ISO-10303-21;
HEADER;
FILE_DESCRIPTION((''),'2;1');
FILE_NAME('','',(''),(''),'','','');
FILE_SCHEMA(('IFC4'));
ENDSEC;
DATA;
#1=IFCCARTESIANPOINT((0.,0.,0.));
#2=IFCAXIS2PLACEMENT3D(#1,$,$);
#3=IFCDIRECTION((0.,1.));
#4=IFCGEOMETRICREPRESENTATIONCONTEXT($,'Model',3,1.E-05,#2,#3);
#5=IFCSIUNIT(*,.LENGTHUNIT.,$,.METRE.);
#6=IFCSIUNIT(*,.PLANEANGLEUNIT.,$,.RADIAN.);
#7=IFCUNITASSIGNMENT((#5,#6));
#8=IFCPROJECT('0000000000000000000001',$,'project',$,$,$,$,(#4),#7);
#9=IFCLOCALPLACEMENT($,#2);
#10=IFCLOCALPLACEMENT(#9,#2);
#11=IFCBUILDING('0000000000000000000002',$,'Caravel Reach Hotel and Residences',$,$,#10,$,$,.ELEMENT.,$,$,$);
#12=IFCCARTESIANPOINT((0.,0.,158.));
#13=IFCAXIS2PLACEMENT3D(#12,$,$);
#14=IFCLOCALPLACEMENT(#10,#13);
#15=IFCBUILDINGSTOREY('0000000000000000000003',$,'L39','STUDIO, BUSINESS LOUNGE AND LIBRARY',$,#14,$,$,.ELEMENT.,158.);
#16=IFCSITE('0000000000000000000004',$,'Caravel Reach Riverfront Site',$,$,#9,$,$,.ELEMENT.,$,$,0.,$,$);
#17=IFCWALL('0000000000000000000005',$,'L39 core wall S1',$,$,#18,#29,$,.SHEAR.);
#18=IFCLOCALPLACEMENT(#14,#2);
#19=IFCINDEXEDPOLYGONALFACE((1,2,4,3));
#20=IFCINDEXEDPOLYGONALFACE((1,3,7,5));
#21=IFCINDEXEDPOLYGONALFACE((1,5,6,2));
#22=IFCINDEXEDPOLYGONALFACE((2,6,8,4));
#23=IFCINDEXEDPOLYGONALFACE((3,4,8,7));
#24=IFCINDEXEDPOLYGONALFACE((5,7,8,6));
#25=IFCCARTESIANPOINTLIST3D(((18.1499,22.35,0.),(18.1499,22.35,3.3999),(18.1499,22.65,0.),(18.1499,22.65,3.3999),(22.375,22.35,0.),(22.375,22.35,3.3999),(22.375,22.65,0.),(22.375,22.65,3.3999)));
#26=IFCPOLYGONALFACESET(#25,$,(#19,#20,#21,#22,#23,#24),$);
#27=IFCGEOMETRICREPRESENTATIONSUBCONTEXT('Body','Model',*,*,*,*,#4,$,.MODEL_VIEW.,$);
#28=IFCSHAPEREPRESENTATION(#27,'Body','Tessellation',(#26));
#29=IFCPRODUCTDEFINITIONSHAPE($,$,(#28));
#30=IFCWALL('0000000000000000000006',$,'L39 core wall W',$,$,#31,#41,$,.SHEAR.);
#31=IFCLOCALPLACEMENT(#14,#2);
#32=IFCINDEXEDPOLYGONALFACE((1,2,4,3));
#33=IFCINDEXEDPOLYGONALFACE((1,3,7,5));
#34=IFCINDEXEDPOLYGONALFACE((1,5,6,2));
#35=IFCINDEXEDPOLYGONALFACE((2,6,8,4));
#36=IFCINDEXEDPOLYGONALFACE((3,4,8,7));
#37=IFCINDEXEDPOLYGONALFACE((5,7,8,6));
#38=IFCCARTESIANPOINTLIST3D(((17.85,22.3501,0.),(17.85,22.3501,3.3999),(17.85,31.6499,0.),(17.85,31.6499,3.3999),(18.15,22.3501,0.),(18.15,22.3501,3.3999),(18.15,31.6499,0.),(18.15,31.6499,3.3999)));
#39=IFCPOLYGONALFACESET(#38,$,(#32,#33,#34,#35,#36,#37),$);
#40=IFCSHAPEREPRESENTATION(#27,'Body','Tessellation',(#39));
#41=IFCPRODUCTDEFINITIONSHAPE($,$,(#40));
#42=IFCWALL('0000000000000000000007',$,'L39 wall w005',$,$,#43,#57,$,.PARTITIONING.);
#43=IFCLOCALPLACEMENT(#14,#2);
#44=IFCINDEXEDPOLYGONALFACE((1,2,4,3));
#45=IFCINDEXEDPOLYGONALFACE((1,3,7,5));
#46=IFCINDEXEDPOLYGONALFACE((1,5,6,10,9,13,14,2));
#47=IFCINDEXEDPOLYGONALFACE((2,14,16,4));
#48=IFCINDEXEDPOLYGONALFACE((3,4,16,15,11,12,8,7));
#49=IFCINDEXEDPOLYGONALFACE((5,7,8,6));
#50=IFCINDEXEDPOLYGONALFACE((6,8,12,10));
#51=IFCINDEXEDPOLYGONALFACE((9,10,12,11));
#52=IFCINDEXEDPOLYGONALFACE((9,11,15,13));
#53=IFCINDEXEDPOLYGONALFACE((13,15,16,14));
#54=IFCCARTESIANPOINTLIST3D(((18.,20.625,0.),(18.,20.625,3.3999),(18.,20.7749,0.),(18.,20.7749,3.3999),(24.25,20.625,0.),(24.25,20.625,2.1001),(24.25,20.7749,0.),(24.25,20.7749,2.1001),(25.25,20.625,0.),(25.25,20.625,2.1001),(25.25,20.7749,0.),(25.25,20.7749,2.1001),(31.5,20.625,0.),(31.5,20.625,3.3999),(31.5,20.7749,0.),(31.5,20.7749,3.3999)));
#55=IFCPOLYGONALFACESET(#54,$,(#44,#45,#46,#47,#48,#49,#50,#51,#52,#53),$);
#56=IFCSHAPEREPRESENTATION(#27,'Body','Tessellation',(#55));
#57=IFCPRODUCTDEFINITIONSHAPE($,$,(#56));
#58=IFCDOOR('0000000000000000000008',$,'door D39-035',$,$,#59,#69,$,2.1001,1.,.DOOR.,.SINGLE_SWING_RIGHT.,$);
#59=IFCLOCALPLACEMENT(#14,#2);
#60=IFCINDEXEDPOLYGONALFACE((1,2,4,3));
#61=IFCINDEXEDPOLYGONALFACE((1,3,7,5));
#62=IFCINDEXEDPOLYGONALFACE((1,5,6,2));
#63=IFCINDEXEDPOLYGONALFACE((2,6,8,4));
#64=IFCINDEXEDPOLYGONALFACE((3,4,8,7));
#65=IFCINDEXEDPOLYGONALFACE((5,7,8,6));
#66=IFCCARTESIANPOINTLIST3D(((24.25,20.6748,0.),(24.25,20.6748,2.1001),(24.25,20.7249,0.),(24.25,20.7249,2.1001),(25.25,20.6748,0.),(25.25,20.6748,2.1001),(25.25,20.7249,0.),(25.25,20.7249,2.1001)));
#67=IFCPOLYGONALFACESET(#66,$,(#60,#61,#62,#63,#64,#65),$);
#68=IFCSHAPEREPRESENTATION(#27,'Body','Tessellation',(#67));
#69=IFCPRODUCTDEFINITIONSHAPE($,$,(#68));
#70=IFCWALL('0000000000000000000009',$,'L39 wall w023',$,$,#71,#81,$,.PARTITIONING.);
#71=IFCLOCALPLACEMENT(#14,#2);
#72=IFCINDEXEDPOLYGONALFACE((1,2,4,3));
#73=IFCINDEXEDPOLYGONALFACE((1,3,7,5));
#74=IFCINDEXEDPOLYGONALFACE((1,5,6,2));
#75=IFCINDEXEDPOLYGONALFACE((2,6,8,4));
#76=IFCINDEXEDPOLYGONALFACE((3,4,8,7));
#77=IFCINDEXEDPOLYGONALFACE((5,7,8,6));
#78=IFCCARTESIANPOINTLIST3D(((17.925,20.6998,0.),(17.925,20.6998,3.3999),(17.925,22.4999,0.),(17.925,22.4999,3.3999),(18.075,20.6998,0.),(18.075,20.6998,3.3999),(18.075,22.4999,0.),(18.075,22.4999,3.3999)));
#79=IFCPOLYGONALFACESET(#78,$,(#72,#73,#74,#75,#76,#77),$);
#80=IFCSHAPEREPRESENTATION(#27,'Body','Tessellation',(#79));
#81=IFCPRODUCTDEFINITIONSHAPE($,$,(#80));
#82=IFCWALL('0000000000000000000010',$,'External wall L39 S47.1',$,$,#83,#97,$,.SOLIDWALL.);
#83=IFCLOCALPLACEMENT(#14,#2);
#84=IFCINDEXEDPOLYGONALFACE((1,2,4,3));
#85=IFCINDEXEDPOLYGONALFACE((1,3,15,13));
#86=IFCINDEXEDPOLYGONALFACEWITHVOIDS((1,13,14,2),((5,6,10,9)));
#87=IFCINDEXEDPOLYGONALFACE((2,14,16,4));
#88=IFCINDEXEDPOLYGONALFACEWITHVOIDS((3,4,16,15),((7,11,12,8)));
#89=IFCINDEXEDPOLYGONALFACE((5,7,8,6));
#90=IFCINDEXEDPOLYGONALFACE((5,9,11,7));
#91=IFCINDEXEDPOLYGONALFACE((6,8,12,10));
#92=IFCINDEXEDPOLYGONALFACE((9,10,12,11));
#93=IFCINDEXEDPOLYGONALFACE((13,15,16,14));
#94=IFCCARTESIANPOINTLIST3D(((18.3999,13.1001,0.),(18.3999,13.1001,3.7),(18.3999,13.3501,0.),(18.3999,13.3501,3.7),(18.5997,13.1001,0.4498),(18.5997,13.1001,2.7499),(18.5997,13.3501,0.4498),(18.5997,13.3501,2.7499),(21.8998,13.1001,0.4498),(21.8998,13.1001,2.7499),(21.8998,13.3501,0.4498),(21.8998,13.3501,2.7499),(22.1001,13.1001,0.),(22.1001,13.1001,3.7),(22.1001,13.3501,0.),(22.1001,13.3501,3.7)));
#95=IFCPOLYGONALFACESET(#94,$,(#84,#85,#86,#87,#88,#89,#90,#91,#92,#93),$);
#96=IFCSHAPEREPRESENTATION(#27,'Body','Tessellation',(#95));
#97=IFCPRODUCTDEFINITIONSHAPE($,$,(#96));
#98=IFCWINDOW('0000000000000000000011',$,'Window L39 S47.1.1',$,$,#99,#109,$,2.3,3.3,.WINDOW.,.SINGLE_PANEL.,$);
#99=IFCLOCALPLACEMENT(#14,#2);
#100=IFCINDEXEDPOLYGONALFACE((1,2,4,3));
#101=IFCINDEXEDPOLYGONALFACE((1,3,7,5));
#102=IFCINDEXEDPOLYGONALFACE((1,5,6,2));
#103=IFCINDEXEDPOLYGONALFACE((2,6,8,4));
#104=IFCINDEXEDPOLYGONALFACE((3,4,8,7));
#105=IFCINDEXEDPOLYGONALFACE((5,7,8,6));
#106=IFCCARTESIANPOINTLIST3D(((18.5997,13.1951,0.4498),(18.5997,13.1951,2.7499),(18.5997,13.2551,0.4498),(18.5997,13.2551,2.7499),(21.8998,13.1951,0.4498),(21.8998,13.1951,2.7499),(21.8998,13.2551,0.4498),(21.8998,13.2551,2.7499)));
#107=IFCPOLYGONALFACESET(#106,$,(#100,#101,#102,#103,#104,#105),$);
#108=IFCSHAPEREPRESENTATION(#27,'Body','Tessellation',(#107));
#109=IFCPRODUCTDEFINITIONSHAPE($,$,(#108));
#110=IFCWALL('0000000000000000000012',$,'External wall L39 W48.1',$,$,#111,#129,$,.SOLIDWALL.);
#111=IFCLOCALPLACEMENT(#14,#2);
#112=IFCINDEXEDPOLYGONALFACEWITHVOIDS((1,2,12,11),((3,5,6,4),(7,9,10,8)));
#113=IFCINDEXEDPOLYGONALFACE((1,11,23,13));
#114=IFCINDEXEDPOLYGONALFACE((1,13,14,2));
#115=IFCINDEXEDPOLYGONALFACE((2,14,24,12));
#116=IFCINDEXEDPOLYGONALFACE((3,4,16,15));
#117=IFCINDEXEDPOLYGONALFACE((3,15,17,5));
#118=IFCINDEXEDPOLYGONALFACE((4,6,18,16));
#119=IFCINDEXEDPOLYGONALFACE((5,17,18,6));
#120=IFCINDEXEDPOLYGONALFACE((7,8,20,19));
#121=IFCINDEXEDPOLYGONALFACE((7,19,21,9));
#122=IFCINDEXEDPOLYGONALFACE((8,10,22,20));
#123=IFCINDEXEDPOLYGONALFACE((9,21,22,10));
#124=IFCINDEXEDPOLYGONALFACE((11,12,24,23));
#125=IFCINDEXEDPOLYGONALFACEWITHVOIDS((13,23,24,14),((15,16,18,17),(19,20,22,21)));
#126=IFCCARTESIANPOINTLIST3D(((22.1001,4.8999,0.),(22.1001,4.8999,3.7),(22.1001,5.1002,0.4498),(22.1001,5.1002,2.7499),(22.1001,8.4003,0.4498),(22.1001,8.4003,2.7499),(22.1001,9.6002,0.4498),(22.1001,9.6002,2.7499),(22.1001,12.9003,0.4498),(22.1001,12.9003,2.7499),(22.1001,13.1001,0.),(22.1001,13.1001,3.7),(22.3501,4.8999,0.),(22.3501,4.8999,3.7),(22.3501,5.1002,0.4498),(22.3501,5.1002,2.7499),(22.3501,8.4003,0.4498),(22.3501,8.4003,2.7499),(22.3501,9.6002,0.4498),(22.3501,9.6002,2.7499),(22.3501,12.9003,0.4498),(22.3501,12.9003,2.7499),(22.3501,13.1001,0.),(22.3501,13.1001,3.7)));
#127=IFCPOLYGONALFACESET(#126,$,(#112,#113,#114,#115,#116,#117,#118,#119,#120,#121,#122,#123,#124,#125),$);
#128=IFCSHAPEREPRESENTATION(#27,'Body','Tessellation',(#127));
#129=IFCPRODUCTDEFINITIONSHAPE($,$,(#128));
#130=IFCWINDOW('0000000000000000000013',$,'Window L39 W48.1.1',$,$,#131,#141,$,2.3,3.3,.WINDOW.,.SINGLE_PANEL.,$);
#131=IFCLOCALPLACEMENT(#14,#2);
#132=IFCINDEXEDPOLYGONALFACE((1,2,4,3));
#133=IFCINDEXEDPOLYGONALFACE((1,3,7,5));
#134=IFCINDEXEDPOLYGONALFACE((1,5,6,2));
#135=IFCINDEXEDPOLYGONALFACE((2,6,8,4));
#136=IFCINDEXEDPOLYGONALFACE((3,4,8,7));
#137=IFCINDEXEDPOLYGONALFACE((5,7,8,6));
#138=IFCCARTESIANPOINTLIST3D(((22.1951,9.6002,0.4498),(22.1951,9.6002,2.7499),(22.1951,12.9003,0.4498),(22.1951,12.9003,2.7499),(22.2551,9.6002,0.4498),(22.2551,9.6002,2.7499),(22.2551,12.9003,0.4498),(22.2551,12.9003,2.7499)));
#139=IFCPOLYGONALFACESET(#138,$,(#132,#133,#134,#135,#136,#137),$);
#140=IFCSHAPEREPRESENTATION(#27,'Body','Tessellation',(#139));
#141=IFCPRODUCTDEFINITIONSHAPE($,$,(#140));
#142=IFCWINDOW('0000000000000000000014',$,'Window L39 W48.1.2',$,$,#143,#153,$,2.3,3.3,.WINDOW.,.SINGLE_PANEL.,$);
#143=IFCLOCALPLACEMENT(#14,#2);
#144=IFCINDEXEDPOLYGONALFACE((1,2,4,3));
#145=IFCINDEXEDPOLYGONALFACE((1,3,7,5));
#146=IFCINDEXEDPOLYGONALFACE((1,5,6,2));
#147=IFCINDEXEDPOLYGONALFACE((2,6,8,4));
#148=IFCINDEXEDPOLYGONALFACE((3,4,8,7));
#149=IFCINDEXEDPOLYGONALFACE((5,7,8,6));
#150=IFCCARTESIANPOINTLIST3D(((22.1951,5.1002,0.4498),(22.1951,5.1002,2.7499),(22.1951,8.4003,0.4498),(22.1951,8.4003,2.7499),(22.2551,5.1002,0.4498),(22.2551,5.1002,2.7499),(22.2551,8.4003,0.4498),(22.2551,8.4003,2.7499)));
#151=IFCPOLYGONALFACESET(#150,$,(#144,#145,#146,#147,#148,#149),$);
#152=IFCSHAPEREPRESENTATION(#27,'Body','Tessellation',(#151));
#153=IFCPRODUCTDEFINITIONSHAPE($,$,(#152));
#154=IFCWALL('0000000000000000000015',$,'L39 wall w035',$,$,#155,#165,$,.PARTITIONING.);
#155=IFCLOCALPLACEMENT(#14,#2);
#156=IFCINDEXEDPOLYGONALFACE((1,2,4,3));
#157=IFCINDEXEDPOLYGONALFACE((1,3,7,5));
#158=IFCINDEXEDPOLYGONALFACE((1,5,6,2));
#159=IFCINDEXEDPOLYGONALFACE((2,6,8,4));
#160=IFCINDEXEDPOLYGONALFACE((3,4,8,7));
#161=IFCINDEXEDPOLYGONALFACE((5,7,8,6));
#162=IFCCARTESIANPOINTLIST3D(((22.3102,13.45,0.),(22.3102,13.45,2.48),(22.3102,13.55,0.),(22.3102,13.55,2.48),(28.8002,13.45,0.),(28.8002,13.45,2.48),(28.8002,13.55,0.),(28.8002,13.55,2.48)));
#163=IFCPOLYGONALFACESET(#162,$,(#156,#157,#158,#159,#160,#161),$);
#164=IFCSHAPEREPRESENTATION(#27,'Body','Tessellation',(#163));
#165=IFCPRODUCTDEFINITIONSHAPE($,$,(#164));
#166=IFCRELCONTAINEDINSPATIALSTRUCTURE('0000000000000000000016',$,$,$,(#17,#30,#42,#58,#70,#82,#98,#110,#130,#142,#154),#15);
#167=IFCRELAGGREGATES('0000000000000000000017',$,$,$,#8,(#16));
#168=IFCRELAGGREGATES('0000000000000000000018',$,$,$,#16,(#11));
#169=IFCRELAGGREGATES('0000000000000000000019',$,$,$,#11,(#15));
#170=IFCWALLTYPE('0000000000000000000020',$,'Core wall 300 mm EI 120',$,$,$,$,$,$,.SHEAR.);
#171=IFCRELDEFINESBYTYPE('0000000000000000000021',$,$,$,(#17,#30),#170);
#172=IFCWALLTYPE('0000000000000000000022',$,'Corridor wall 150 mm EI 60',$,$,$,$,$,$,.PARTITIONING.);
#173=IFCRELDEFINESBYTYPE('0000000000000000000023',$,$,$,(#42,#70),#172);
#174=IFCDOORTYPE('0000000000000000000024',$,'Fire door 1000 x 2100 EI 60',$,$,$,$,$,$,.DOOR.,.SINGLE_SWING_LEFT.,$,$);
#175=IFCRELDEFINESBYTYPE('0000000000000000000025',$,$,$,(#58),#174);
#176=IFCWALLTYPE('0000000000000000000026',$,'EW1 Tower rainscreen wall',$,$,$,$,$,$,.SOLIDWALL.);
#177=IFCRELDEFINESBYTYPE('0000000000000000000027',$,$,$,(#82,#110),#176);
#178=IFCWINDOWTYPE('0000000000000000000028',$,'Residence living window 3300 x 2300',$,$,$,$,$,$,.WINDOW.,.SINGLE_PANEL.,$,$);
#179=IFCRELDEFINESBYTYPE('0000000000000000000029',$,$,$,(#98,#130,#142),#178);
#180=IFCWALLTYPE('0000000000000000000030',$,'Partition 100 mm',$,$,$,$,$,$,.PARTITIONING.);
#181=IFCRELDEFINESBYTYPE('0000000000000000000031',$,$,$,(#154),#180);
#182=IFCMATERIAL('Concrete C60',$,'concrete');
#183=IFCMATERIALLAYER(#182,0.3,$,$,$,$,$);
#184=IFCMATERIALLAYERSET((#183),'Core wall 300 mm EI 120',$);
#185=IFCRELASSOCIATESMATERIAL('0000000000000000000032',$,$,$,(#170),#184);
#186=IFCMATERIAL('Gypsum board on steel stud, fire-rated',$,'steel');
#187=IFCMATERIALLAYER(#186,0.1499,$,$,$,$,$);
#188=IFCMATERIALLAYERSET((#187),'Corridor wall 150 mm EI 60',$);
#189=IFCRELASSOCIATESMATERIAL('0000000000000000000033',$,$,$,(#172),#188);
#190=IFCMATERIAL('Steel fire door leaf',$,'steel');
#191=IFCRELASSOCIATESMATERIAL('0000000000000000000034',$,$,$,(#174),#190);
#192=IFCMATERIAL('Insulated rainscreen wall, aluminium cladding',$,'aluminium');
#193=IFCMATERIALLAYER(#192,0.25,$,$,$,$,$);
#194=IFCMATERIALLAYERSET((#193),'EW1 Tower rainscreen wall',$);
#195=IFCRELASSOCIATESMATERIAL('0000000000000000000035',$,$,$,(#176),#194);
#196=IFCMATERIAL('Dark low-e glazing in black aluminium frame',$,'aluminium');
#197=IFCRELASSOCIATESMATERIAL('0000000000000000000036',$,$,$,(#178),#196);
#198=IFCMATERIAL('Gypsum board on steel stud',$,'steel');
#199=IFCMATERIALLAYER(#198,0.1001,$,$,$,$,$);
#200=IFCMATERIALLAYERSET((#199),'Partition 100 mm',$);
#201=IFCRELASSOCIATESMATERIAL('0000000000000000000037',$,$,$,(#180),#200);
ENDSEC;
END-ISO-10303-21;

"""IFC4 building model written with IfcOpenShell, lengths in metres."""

from ifc_helpers import new_model, si_unit, direction, frame, frame_2d, origin, place, context, subcontext, project, spatial, rectangle, extrude, material, layer, layer_set, type_object, element, fill, save


model = new_model("IFC4")

# Units and contexts
model_context = context("Model", 3, precision=1e-05, world=origin(), true_north=direction((0.0, 1.0)))
body_context = subcontext(model_context, "Body", "Model", "MODEL_VIEW")
ifc_project = project(units=[si_unit("LENGTHUNIT", "METRE"), si_unit("PLANEANGLEUNIT", "RADIAN")], contexts=[model_context])

# Site, building, storey
site_placement = place(None, origin())
site = spatial("IfcSite", under=ifc_project, at=site_placement, Name="Caravel Reach Riverfront Site", CompositionType="ELEMENT", RefElevation=0.0)
building_placement = place(site_placement, origin())
building = spatial("IfcBuilding", under=site, at=building_placement, Name="Caravel Reach Hotel and Residences", CompositionType="ELEMENT")
storey_placement = place(building_placement, frame((0.0, 0.0, 158.0)))
storey = spatial("IfcBuildingStorey", under=building, at=storey_placement, Name="L39", Description="STUDIO, BUSINESS LOUNGE AND LIBRARY", CompositionType="ELEMENT", Elevation=158.0)

# Walls
ifc_material_1 = material(Name="Concrete C60", Category="concrete")
ifc_layer_1 = layer(ifc_material_1, 0.3)
ifc_layer_set_1 = layer_set([ifc_layer_1], Name="Core wall 300 mm EI 120")
wall_type_1 = type_object("IfcWallType", Name="Core wall 300 mm EI 120", PredefinedType="SHEAR", material=ifc_layer_set_1)
wall_1_placement = place(storey_placement, frame((18.1499, 22.5, 0.0), z_axis=(0.0, 0.0, 1.0), x_axis=(1.0, 0.0, 0.0)))
element("IfcWall", 1, at=wall_1_placement, inside=storey, type_object=wall_type_1, Name="L39 core wall S1", PredefinedType="SHEAR", context=body_context, shape_type="SweptSolid", body=[
    extrude(rectangle(XDim=4.2251, YDim=0.3, at=frame_2d((2.1125, 0.0))), origin(), (0.0, 0.0, 1.0), 3.3999),
])
wall_2_placement = place(storey_placement, frame((18.0, 22.3501, 0.0), z_axis=(0.0, 0.0, 1.0), x_axis=(0.0, 1.0, 0.0)))
element("IfcWall", 2, at=wall_2_placement, inside=storey, type_object=wall_type_1, Name="L39 core wall W", PredefinedType="SHEAR", context=body_context, shape_type="SweptSolid", body=[
    extrude(rectangle(XDim=9.2998, YDim=0.3, at=frame_2d((4.6499, 0.0))), origin(), (0.0, 0.0, 1.0), 3.3999),
])

# Wall, opening, door
ifc_material_2 = material(Name="Gypsum board on steel stud, fire-rated", Category="steel")
ifc_layer_2 = layer(ifc_material_2, 0.1499)
ifc_layer_set_2 = layer_set([ifc_layer_2], Name="Corridor wall 150 mm EI 60")
wall_type_2 = type_object("IfcWallType", Name="Corridor wall 150 mm EI 60", PredefinedType="PARTITIONING", material=ifc_layer_set_2)
wall_3_placement = place(storey_placement, frame((18.0, 20.7, 0.0), z_axis=(0.0, 0.0, 1.0), x_axis=(1.0, 0.0, 0.0)))
wall_3 = element("IfcWall", 3, at=wall_3_placement, inside=storey, type_object=wall_type_2, Name="L39 wall w005", PredefinedType="PARTITIONING", context=body_context, shape_type="SweptSolid", body=[
    extrude(rectangle(XDim=13.5, YDim=0.1499, at=frame_2d((6.75, 0.0))), origin(), (0.0, 0.0, 1.0), 3.3999),
])
opening_1_placement = place(wall_3_placement, frame((6.25, 0.0, 0.0)))
opening_1 = element("IfcOpeningElement", 4, at=opening_1_placement, cuts=wall_3, PredefinedType="OPENING", context=body_context, shape_type="SweptSolid", body=[
    extrude(rectangle(XDim=1.0, YDim=2.1001, at=frame_2d((0.5, 1.05))), frame((0.0, 0.085, 0.0), z_axis=(0.0, -1.0, 0.0), x_axis=(1.0, 0.0, 0.0)), (0.0, 0.0, 1.0), 0.1699),
])
ifc_material_3 = material(Name="Steel fire door leaf", Category="steel")
door_type_1 = type_object("IfcDoorType", Name="Fire door 1000 x 2100 EI 60", OperationType="SINGLE_SWING_LEFT", PredefinedType="DOOR", material=ifc_material_3)
door_1_placement = place(opening_1_placement, origin())
door_1 = element("IfcDoor", 5, at=door_1_placement, inside=storey, type_object=door_type_1, Name="door D39-035", OperationType="SINGLE_SWING_RIGHT", OverallHeight=2.1001, OverallWidth=1.0, PredefinedType="DOOR", context=body_context, shape_type="SweptSolid", body=[
    extrude(rectangle(XDim=1.0, YDim=2.1001, at=frame_2d((0.5, 1.05))), frame((0.0, 0.0249, 0.0), z_axis=(0.0, -1.0, 0.0), x_axis=(1.0, 0.0, 0.0)), (0.0, 0.0, 1.0), 0.05),
])
fill(opening_1, door_1)

# Wall
wall_4_placement = place(storey_placement, frame((18.0, 20.7, 0.0), z_axis=(0.0, 0.0, 1.0), x_axis=(0.0, 1.0, 0.0)))
element("IfcWall", 6, at=wall_4_placement, inside=storey, type_object=wall_type_2, Name="L39 wall w023", PredefinedType="PARTITIONING", context=body_context, shape_type="SweptSolid", body=[
    extrude(rectangle(XDim=1.8, YDim=0.1499, at=frame_2d((0.8999, 0.0))), origin(), (0.0, 0.0, 1.0), 3.3999),
])

# Wall, opening, window
ifc_material_4 = material(Name="Insulated rainscreen wall, aluminium cladding", Category="aluminium")
ifc_layer_3 = layer(ifc_material_4, 0.25)
ifc_layer_set_3 = layer_set([ifc_layer_3], Name="EW1 Tower rainscreen wall")
wall_type_3 = type_object("IfcWallType", Name="EW1 Tower rainscreen wall", PredefinedType="SOLIDWALL", material=ifc_layer_set_3)
wall_5_placement = place(storey_placement, frame((18.3999, 13.2251, 0.0), z_axis=(0.0, 0.0, 1.0), x_axis=(1.0, 0.0, 0.0)))
wall_5 = element("IfcWall", 7, at=wall_5_placement, inside=storey, type_object=wall_type_3, Name="External wall L39 S47.1", PredefinedType="SOLIDWALL", context=body_context, shape_type="SweptSolid", body=[
    extrude(rectangle(XDim=3.7002, YDim=0.25, at=frame_2d((1.8501, 0.0))), origin(), (0.0, 0.0, 1.0), 3.7),
])
opening_2_placement = place(wall_5_placement, frame((0.2, 0.0, 0.45)))
opening_2 = element("IfcOpeningElement", 8, at=opening_2_placement, cuts=wall_5, PredefinedType="OPENING", context=body_context, shape_type="SweptSolid", body=[
    extrude(rectangle(XDim=3.3, YDim=2.3, at=frame_2d((1.6499, 1.1499))), frame((0.0, 0.135, 0.0), z_axis=(0.0, -1.0, 0.0), x_axis=(1.0, 0.0, 0.0)), (0.0, 0.0, 1.0), 0.27),
])
ifc_material_5 = material(Name="Dark low-e glazing in black aluminium frame", Category="aluminium")
window_type = type_object("IfcWindowType", Name="Residence living window 3300 x 2300", PartitioningType="SINGLE_PANEL", PredefinedType="WINDOW", material=ifc_material_5)
window_1_placement = place(opening_2_placement, origin())
window_1 = element("IfcWindow", 9, at=window_1_placement, inside=storey, type_object=window_type, Name="Window L39 S47.1.1", OverallHeight=2.3, OverallWidth=3.3, PartitioningType="SINGLE_PANEL", PredefinedType="WINDOW", context=body_context, shape_type="SweptSolid", body=[
    extrude(rectangle(XDim=3.3, YDim=2.3, at=frame_2d((1.6499, 1.1499))), frame((0.0, 0.03, 0.0), z_axis=(0.0, -1.0, 0.0), x_axis=(1.0, 0.0, 0.0)), (0.0, 0.0, 1.0), 0.0601),
])
fill(opening_2, window_1)

# Wall, openings, windows
wall_6_placement = place(storey_placement, frame((22.2251, 13.1001, 0.0), z_axis=(0.0, 0.0, 1.0), x_axis=(0.0, -1.0, 0.0)))
wall_6 = element("IfcWall", 10, at=wall_6_placement, inside=storey, type_object=wall_type_3, Name="External wall L39 W48.1", PredefinedType="SOLIDWALL", context=body_context, shape_type="SweptSolid", body=[
    extrude(rectangle(XDim=8.2002, YDim=0.25, at=frame_2d((4.1001, 0.0))), origin(), (0.0, 0.0, 1.0), 3.7),
])
opening_3_placement = place(wall_6_placement, frame((0.2, 0.0, 0.45)))
opening_3 = element("IfcOpeningElement", 11, at=opening_3_placement, cuts=wall_6, PredefinedType="OPENING", context=body_context, shape_type="SweptSolid", body=[
    extrude(rectangle(XDim=3.3, YDim=2.3, at=frame_2d((1.6499, 1.1499))), frame((0.0, 0.135, 0.0), z_axis=(0.0, -1.0, 0.0), x_axis=(1.0, 0.0, 0.0)), (0.0, 0.0, 1.0), 0.27),
])
opening_4_placement = place(wall_6_placement, frame((4.7, 0.0, 0.45)))
opening_4 = element("IfcOpeningElement", 12, at=opening_4_placement, cuts=wall_6, PredefinedType="OPENING", context=body_context, shape_type="SweptSolid", body=[
    extrude(rectangle(XDim=3.3, YDim=2.3, at=frame_2d((1.6499, 1.1499))), frame((0.0, 0.135, 0.0), z_axis=(0.0, -1.0, 0.0), x_axis=(1.0, 0.0, 0.0)), (0.0, 0.0, 1.0), 0.27),
])
window_2_placement = place(opening_3_placement, origin())
window_2 = element("IfcWindow", 13, at=window_2_placement, inside=storey, type_object=window_type, Name="Window L39 W48.1.1", OverallHeight=2.3, OverallWidth=3.3, PartitioningType="SINGLE_PANEL", PredefinedType="WINDOW", context=body_context, shape_type="SweptSolid", body=[
    extrude(rectangle(XDim=3.3, YDim=2.3, at=frame_2d((1.6499, 1.1499))), frame((0.0, 0.03, 0.0), z_axis=(0.0, -1.0, 0.0), x_axis=(1.0, 0.0, 0.0)), (0.0, 0.0, 1.0), 0.0601),
])
fill(opening_3, window_2)
window_3_placement = place(opening_4_placement, origin())
window_3 = element("IfcWindow", 14, at=window_3_placement, inside=storey, type_object=window_type, Name="Window L39 W48.1.2", OverallHeight=2.3, OverallWidth=3.3, PartitioningType="SINGLE_PANEL", PredefinedType="WINDOW", context=body_context, shape_type="SweptSolid", body=[
    extrude(rectangle(XDim=3.3, YDim=2.3, at=frame_2d((1.6499, 1.1499))), frame((0.0, 0.03, 0.0), z_axis=(0.0, -1.0, 0.0), x_axis=(1.0, 0.0, 0.0)), (0.0, 0.0, 1.0), 0.0601),
])
fill(opening_4, window_3)

# Wall
ifc_material_6 = material(Name="Gypsum board on steel stud", Category="steel")
ifc_layer_4 = layer(ifc_material_6, 0.1001)
ifc_layer_set_4 = layer_set([ifc_layer_4], Name="Partition 100 mm")
wall_type_4 = type_object("IfcWallType", Name="Partition 100 mm", PredefinedType="PARTITIONING", material=ifc_layer_set_4)
wall_7_placement = place(storey_placement, frame((22.3101, 13.5, 0.0), z_axis=(0.0, 0.0, 1.0), x_axis=(1.0, 0.0, 0.0)))
element("IfcWall", 15, at=wall_7_placement, inside=storey, type_object=wall_type_4, Name="L39 wall w035", PredefinedType="PARTITIONING", context=body_context, shape_type="SweptSolid", body=[
    extrude(rectangle(XDim=6.49, YDim=0.1001, at=frame_2d((3.2451, 0.0))), origin(), (0.0, 0.0, 1.0), 2.48),
])

save(model, "model.ifc")
